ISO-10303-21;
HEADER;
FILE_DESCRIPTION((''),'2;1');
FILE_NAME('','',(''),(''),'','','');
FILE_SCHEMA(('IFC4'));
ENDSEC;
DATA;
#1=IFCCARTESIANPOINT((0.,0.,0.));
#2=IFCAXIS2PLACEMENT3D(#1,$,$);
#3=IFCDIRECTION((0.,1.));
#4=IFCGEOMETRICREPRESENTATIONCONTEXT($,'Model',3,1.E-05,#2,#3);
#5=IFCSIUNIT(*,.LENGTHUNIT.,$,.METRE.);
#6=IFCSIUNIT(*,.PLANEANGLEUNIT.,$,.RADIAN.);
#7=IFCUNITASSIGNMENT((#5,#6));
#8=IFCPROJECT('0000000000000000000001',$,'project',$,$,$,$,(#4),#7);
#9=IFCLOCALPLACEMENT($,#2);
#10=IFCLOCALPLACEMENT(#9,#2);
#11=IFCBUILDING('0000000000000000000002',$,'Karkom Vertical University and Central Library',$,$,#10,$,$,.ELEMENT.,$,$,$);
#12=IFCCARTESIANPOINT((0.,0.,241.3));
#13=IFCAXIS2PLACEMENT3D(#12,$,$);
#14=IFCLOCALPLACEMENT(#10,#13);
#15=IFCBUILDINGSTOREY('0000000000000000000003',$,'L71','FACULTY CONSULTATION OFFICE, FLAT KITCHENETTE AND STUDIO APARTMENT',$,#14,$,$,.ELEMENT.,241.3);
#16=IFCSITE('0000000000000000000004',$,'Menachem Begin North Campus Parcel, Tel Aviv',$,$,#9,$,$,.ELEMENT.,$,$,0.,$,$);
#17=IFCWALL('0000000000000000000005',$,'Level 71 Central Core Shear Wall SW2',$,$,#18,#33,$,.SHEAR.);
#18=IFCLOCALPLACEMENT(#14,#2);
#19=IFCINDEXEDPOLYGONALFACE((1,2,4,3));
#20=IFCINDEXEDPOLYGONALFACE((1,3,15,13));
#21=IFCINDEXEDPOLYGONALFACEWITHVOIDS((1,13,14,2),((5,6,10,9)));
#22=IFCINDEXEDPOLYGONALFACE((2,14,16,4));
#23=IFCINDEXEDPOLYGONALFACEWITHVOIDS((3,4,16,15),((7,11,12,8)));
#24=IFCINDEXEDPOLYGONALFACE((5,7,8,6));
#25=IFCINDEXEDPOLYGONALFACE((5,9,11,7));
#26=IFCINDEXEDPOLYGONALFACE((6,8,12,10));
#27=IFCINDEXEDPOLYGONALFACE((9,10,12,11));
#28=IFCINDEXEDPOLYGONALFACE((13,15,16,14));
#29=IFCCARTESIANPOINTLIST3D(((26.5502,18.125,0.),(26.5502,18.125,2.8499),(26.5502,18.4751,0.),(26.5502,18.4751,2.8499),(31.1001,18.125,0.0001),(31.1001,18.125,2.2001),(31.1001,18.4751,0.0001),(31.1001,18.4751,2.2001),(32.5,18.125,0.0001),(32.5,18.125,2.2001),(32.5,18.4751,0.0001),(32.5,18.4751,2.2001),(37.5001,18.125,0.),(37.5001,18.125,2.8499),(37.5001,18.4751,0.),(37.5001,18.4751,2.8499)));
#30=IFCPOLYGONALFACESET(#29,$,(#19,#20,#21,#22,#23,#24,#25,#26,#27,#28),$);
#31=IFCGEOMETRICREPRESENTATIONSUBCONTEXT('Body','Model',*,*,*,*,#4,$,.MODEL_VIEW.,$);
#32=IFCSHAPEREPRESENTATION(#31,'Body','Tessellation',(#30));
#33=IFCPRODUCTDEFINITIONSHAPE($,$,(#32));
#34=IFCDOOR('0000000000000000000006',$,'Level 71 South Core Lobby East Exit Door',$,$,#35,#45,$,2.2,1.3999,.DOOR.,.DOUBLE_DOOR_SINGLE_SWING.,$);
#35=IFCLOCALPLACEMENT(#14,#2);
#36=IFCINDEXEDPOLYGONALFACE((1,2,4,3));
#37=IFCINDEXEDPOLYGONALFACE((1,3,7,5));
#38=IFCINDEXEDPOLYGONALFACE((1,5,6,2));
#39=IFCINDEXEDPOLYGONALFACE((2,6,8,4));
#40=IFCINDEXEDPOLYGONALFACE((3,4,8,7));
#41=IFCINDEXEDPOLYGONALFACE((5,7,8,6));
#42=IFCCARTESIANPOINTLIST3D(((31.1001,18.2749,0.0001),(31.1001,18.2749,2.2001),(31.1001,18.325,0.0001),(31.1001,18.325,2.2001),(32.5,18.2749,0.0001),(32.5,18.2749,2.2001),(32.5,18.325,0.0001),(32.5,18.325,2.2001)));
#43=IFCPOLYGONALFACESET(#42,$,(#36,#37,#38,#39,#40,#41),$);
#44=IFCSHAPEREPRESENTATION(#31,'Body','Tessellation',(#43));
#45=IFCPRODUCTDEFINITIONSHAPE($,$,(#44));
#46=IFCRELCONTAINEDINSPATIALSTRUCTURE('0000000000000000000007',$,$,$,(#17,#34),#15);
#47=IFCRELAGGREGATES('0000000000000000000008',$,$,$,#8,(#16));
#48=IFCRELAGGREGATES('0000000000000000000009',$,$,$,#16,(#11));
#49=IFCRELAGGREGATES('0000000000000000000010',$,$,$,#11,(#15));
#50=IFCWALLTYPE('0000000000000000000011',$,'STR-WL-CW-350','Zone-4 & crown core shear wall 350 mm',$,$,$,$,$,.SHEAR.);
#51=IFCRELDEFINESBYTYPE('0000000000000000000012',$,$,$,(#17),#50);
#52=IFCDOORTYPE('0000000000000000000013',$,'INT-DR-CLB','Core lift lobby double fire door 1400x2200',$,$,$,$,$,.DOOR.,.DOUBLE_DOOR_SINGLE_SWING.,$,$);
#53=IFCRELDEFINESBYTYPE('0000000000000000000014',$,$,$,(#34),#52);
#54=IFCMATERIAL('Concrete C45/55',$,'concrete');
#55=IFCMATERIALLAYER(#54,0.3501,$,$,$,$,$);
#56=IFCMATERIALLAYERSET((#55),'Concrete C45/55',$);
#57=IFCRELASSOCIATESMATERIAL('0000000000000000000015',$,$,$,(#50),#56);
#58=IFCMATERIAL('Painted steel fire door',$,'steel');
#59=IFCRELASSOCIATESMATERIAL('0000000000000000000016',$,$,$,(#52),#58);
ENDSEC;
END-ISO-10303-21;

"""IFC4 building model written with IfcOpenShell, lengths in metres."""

from ifc_helpers import new_model, si_unit, direction, frame, frame_2d, origin, origin_with_axes, place, context, subcontext, project, spatial, rectangle, extrude, source, transform, mapped, material, layer, layer_set, type_object, element, fill, save


model = new_model("IFC4")

# Units and contexts
model_context = context("Model", 3, precision=1e-05, world=origin(), true_north=direction((0.0, 1.0)))
body_context = subcontext(model_context, "Body", "Model", "MODEL_VIEW")
ifc_project = project(units=[si_unit("LENGTHUNIT", "METRE"), si_unit("PLANEANGLEUNIT", "RADIAN")], contexts=[model_context])

# Site, building, storey
site_placement = place(None, origin())
site = spatial("IfcSite", under=ifc_project, at=site_placement, Name="Menachem Begin North Campus Parcel, Tel Aviv", CompositionType="ELEMENT", RefElevation=0.0)
building_placement = place(site_placement, origin())
building = spatial("IfcBuilding", under=site, at=building_placement, Name="Karkom Vertical University and Central Library", CompositionType="ELEMENT")
storey_placement = place(building_placement, frame((0.0, 0.0, 241.3)))
storey = spatial("IfcBuildingStorey", under=building, at=storey_placement, Name="L71", Description="FACULTY CONSULTATION OFFICE, FLAT KITCHENETTE AND STUDIO APARTMENT", CompositionType="ELEMENT", Elevation=241.3)

# Shared definitions
ifc_material_1 = material(Name="Concrete C45/55", Category="concrete")

# Wall, opening, door
ifc_layer_1 = layer(ifc_material_1, 0.3501)
ifc_layer_set_1 = layer_set([ifc_layer_1], Name="Concrete C45/55")
wall_type_1 = type_object("IfcWallType", Name="STR-WL-CW-350", Description="Zone-4 & crown core shear wall 350 mm", PredefinedType="SHEAR", material=ifc_layer_set_1)
ifc_material_2 = material(Name="Painted steel fire door", Category="steel")
door_type = type_object("IfcDoorType", Name="INT-DR-CLB", Description="Core lift lobby double fire door 1400x2200", OperationType="DOUBLE_DOOR_SINGLE_SWING", PredefinedType="DOOR", material=ifc_material_2)
shared_shape_1 = source(origin_with_axes(), body_context, "Body", "SweptSolid", [
    extrude(rectangle(XDim=1.3999, YDim=2.2, at=frame_2d((0.7, 1.1001))), frame((0.0, 0.0249, 0.0), z_axis=(0.0, -1.0, 0.0), x_axis=(1.0, 0.0, 0.0)), (0.0, 0.0, 1.0), 0.05),
])
wall_1_placement = place(storey_placement, frame((26.55, 18.3, 0.0), z_axis=(0.0, 0.0, 1.0), x_axis=(1.0, 0.0, 0.0)))
wall_1 = element("IfcWall", 1, at=wall_1_placement, inside=storey, type_object=wall_type_1, Name="Level 71 Central Core Shear Wall SW2", PredefinedType="SHEAR", context=body_context, shape_type="SweptSolid", body=[
    extrude(rectangle(XDim=10.95, YDim=0.3501, at=frame_2d((5.4751, 0.0))), origin(), (0.0, 0.0, 1.0), 2.8499),
])
opening_1_placement = place(wall_1_placement, frame((4.55, 0.0, 0.0)))
opening_1 = element("IfcOpeningElement", 2, at=opening_1_placement, cuts=wall_1, PredefinedType="OPENING", context=body_context, shape_type="SweptSolid", body=[
    extrude(rectangle(XDim=1.3999, YDim=2.2, at=frame_2d((0.7, 1.1001))), frame((0.0, 0.1851, 0.0), z_axis=(0.0, -1.0, 0.0), x_axis=(1.0, 0.0, 0.0)), (0.0, 0.0, 1.0), 0.3701),
])
door_1_placement = place(opening_1_placement, origin())
door_1 = element("IfcDoor", 3, at=door_1_placement, inside=storey, type_object=door_type, Name="Level 71 South Core Lobby East Exit Door", OperationType="DOUBLE_DOOR_SINGLE_SWING", OverallHeight=2.2, OverallWidth=1.3999, PredefinedType="DOOR", context=body_context, shape_type="MappedRepresentation", body=[
    mapped(shared_shape_1, transform((0.0, 0.0, 0.0), scale=1.0)),
])
fill(opening_1, door_1)

save(model, "model.ifc")
